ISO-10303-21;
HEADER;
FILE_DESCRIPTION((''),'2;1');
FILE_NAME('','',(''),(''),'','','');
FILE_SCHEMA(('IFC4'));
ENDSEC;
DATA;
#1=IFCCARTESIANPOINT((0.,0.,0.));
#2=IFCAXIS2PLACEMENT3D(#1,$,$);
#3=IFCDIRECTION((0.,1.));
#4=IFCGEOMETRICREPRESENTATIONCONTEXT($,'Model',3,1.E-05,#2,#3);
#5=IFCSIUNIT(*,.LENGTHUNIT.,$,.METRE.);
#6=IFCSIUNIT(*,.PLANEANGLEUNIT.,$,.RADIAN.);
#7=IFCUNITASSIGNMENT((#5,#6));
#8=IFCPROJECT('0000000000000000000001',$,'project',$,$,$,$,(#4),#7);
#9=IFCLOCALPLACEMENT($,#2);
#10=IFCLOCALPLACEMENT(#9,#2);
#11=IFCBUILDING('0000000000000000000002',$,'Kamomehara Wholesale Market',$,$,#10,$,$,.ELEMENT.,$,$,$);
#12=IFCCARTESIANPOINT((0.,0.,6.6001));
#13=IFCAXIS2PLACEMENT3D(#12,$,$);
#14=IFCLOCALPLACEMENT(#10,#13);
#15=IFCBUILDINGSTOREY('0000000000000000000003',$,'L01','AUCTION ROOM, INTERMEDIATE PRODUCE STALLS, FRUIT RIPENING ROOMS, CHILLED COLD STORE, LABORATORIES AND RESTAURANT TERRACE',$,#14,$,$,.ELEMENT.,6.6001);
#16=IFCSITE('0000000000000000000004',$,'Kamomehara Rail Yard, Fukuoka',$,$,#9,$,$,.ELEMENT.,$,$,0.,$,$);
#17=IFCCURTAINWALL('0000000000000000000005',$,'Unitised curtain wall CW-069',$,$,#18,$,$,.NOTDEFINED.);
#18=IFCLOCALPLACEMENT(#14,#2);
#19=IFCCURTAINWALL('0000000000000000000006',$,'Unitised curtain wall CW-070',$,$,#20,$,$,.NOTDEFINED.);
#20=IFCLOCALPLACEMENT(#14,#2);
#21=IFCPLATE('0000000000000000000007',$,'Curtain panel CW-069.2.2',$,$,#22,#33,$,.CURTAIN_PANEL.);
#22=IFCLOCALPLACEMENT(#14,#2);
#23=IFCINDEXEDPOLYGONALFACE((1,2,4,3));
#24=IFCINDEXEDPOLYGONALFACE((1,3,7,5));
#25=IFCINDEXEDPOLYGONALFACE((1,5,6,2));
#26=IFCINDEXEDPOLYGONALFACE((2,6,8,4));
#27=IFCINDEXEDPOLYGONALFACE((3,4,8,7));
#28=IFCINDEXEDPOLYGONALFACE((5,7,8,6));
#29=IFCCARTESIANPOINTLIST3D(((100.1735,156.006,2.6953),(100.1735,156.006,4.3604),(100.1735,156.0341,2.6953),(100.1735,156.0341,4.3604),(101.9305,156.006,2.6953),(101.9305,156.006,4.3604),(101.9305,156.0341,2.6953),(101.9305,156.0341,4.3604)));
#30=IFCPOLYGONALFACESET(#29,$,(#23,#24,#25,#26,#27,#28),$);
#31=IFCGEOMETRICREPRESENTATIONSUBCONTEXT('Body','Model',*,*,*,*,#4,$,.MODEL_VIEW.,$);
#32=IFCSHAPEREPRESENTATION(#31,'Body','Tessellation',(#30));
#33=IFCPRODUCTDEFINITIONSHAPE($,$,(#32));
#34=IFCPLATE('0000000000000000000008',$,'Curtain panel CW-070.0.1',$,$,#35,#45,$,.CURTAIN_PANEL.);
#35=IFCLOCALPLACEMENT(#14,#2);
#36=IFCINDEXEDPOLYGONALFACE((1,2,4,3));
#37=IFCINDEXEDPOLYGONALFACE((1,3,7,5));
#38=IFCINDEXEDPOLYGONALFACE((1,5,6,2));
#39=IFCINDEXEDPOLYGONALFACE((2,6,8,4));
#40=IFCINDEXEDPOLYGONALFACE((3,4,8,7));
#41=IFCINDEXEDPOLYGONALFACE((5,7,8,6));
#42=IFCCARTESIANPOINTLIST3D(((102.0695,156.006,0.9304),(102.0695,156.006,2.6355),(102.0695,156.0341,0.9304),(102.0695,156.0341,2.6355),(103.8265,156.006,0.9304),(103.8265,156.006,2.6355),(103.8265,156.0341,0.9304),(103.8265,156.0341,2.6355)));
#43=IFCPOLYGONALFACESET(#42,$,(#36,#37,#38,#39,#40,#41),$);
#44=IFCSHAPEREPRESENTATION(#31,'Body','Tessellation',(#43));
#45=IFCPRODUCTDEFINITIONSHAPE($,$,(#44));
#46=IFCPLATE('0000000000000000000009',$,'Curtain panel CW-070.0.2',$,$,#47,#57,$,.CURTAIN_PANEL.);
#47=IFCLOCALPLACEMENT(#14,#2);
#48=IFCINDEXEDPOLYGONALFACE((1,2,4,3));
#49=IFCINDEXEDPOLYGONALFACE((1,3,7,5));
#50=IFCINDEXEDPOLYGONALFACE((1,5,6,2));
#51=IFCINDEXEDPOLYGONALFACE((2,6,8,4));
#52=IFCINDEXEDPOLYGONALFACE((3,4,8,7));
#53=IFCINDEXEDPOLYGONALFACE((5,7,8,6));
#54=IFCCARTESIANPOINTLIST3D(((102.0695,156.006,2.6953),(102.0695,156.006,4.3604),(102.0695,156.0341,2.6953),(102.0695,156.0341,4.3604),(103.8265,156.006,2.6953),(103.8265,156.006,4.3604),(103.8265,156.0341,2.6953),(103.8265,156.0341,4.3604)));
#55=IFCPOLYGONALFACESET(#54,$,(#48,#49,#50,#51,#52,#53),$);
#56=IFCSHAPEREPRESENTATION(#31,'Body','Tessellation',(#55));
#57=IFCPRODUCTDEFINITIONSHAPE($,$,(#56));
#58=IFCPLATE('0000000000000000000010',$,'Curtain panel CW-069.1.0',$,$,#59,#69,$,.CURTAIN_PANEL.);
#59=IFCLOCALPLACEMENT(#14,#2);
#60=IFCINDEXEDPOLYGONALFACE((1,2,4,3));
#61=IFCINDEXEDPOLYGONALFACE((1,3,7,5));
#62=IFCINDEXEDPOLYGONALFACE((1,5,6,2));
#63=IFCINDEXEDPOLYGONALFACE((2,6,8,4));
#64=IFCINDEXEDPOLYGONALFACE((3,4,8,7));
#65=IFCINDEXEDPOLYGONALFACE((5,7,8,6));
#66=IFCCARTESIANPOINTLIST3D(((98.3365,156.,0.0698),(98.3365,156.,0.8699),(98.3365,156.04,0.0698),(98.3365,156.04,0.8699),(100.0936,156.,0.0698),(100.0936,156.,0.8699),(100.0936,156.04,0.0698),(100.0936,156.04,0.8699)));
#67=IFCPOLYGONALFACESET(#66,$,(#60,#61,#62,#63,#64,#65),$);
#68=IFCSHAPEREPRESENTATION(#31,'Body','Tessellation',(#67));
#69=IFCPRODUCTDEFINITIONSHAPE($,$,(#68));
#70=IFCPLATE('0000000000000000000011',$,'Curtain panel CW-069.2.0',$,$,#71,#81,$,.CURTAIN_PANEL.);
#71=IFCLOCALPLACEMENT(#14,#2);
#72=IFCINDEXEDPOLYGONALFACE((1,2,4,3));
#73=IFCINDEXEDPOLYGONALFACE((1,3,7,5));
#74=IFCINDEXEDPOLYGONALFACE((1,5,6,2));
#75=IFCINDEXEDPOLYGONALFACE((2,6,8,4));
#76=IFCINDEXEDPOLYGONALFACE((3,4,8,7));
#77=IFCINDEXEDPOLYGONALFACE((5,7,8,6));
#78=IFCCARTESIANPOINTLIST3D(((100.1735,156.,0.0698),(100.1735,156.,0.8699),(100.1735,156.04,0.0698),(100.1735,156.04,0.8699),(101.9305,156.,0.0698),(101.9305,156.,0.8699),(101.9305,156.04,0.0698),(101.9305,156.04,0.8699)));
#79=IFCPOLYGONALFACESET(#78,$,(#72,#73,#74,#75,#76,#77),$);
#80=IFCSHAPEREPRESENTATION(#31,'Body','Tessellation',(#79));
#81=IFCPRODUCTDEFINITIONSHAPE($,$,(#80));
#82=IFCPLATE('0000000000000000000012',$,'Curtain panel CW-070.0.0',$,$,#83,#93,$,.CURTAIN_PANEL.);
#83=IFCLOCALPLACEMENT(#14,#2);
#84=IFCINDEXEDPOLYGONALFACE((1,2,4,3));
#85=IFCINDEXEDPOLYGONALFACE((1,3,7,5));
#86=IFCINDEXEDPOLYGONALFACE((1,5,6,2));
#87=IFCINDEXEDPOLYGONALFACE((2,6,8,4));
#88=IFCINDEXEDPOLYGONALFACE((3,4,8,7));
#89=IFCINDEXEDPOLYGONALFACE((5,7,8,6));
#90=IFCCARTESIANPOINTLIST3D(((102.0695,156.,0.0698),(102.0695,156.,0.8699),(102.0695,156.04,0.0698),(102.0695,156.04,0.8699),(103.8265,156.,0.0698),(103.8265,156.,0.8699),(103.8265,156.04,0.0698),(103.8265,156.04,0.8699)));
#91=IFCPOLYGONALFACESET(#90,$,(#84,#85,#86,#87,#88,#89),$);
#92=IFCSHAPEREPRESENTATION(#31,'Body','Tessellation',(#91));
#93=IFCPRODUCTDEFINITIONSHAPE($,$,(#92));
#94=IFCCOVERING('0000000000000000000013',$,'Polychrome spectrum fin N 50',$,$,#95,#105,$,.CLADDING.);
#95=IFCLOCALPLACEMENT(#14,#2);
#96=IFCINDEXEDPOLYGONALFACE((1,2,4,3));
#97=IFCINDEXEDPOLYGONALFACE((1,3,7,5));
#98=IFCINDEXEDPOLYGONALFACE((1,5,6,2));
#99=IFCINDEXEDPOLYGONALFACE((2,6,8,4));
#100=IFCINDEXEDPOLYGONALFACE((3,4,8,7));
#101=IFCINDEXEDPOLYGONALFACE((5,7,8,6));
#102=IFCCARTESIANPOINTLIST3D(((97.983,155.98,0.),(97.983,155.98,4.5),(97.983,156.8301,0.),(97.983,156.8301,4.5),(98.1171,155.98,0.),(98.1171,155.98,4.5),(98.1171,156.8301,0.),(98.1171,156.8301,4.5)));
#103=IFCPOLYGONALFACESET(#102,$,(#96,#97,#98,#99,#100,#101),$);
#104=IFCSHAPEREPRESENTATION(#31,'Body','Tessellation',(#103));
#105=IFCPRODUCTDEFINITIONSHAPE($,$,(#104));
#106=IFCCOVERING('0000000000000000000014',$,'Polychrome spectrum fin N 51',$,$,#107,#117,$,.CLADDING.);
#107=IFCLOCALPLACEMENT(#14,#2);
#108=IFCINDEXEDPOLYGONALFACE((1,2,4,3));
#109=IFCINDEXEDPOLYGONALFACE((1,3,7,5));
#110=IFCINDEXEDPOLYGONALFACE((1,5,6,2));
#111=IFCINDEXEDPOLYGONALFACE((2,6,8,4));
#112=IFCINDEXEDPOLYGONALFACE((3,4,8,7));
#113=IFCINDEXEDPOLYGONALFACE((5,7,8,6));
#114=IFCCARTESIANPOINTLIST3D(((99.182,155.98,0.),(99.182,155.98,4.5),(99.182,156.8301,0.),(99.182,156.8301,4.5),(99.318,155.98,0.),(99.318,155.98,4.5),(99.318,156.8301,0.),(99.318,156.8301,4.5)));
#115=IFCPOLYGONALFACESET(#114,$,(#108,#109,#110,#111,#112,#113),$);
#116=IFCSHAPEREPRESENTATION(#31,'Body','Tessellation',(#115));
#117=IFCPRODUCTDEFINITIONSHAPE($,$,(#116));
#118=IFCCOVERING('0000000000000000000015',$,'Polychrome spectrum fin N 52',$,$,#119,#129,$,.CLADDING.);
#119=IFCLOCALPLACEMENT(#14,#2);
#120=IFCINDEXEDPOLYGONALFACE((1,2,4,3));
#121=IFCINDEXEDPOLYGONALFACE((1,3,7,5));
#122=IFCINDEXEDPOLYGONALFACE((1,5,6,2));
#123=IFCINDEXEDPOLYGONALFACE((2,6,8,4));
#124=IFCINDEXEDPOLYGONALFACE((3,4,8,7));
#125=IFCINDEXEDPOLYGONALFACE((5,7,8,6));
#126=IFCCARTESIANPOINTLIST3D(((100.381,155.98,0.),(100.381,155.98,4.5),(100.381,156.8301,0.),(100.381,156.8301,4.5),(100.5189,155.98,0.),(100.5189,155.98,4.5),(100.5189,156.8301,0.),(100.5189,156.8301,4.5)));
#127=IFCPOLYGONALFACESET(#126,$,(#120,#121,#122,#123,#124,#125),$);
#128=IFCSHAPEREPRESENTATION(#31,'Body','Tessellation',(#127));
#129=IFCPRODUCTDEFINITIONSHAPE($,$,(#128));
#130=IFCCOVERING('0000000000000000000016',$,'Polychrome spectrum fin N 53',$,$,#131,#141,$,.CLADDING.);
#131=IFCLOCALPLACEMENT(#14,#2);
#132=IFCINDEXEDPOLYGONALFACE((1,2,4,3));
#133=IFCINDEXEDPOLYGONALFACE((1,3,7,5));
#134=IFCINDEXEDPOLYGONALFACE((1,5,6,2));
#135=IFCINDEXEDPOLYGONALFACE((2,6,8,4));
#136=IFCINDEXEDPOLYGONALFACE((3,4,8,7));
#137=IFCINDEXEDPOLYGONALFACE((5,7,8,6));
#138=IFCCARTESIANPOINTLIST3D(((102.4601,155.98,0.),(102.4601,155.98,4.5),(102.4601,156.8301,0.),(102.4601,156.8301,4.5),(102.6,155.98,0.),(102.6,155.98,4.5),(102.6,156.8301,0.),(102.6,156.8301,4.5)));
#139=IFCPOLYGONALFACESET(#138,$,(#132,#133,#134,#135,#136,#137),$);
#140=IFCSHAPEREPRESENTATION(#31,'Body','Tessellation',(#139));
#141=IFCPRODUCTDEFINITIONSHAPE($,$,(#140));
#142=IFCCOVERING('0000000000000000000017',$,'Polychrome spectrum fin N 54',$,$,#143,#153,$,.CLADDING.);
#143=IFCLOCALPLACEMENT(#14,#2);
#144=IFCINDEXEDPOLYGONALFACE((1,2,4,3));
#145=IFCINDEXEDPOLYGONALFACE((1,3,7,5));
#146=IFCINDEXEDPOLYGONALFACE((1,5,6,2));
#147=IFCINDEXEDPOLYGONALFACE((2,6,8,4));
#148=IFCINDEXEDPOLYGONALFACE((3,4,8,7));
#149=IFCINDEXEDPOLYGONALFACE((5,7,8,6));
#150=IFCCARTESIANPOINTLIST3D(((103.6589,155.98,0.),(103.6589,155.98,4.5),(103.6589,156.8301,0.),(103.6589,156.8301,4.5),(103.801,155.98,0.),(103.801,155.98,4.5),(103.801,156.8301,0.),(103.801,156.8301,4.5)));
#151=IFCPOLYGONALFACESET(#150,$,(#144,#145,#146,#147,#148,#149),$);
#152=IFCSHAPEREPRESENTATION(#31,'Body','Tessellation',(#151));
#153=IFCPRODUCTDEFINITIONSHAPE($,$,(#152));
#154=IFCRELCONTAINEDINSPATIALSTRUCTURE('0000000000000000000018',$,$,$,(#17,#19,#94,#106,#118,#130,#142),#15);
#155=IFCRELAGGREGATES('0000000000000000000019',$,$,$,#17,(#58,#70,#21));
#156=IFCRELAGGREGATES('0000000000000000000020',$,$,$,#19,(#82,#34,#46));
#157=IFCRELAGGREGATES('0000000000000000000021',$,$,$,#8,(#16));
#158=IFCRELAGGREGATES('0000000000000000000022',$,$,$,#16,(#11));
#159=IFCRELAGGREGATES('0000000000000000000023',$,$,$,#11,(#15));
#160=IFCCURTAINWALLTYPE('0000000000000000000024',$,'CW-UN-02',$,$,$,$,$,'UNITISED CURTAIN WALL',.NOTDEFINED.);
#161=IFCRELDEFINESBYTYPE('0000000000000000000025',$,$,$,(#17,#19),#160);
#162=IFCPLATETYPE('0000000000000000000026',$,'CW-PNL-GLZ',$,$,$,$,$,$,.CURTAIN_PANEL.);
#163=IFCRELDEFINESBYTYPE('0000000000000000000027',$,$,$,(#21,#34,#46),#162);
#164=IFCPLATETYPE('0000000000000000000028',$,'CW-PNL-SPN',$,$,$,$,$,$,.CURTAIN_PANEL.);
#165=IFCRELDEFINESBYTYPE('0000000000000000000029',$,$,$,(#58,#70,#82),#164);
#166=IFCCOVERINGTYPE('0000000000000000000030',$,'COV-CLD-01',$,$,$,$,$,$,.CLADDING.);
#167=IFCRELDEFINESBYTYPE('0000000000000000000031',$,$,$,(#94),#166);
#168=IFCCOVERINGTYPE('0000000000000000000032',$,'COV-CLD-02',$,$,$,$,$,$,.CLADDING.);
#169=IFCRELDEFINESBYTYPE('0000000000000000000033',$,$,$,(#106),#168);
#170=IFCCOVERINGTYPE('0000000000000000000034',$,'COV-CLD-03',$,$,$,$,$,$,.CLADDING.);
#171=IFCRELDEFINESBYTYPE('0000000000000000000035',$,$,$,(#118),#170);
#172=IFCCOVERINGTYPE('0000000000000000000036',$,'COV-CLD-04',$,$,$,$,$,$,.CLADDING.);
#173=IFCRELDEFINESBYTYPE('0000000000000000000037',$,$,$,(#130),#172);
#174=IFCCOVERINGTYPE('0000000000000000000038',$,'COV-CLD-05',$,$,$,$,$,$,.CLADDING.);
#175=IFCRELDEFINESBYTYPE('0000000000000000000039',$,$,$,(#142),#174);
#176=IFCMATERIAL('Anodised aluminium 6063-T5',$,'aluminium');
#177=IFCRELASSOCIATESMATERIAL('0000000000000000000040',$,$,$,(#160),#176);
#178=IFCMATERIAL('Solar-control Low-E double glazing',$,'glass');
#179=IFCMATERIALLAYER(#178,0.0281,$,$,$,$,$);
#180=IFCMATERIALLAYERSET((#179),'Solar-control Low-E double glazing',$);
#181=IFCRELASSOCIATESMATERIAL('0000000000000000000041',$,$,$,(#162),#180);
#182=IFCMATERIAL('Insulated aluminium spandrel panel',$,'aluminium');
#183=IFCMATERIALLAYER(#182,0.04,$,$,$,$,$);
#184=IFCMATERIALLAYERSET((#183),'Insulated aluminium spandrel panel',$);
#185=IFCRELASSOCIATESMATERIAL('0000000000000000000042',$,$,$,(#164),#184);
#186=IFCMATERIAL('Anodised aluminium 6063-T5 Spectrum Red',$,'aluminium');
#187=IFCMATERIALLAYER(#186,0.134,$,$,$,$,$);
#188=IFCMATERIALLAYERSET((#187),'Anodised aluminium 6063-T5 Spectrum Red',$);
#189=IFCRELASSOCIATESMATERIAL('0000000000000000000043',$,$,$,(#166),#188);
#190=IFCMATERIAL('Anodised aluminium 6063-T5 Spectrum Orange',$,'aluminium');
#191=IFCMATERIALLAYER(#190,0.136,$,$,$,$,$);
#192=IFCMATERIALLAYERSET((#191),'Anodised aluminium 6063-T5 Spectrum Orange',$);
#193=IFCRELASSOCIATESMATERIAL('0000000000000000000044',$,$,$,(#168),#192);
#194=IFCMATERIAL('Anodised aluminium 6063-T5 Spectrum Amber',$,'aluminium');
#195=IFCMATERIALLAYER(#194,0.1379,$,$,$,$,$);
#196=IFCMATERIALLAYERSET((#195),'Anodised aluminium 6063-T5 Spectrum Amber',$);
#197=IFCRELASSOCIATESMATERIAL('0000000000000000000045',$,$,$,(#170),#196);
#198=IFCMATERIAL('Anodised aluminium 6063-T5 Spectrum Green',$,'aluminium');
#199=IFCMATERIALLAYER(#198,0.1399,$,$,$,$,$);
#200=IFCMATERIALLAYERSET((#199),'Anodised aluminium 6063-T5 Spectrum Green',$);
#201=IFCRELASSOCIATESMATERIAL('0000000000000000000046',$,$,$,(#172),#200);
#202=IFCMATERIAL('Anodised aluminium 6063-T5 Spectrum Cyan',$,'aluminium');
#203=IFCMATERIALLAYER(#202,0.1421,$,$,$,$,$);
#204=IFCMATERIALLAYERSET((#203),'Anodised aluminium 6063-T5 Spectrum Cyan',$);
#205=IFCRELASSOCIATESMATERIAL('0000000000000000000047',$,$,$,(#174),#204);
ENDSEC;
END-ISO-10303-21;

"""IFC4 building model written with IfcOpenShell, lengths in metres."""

from ifc_helpers import new_model, si_unit, direction, frame, origin, origin_2d, place, context, subcontext, project, spatial, rectangle, extrude, material, layer, layer_set, type_object, element, aggregate, save


model = new_model("IFC4")

# Units and contexts
model_context = context("Model", 3, precision=1e-05, world=origin(), true_north=direction((0.0, 1.0)))
body_context = subcontext(model_context, "Body", "Model", "MODEL_VIEW")
ifc_project = project(units=[si_unit("LENGTHUNIT", "METRE"), si_unit("PLANEANGLEUNIT", "RADIAN")], contexts=[model_context])

# Site, building, storey
site_placement = place(None, origin())
site = spatial("IfcSite", under=ifc_project, at=site_placement, Name="Kamomehara Rail Yard, Fukuoka", CompositionType="ELEMENT", RefElevation=0.0)
building_placement = place(site_placement, origin())
building = spatial("IfcBuilding", under=site, at=building_placement, Name="Kamomehara Wholesale Market", CompositionType="ELEMENT")
storey_placement = place(building_placement, frame((0.0, 0.0, 6.6001)))
storey = spatial("IfcBuildingStorey", under=building, at=storey_placement, Name="L01", Description="AUCTION ROOM, INTERMEDIATE PRODUCE STALLS, FRUIT RIPENING ROOMS, CHILLED COLD STORE, LABORATORIES AND RESTAURANT TERRACE", CompositionType="ELEMENT", Elevation=6.6001)

# Curtain walls
ifc_material_1 = material(Name="Anodised aluminium 6063-T5", Category="aluminium")
curtain_wall_type = type_object("IfcCurtainWallType", Name="CW-UN-02", ElementType="UNITISED CURTAIN WALL", PredefinedType="NOTDEFINED", material=ifc_material_1)
curtain_wall_1_placement = place(storey_placement, origin())
curtain_wall_1 = element("IfcCurtainWall", 1, at=curtain_wall_1_placement, inside=storey, type_object=curtain_wall_type, Name="Unitised curtain wall CW-069", PredefinedType="NOTDEFINED")
curtain_wall_2_placement = place(storey_placement, origin())
curtain_wall_2 = element("IfcCurtainWall", 2, at=curtain_wall_2_placement, inside=storey, type_object=curtain_wall_type, Name="Unitised curtain wall CW-070", PredefinedType="NOTDEFINED")

# Plates
ifc_material_2 = material(Name="Solar-control Low-E double glazing", Category="glass")
ifc_layer_1 = layer(ifc_material_2, 0.0281)
ifc_layer_set_1 = layer_set([ifc_layer_1], Name="Solar-control Low-E double glazing")
plate_type_1 = type_object("IfcPlateType", Name="CW-PNL-GLZ", PredefinedType="CURTAIN_PANEL", material=ifc_layer_set_1)
plate_1_placement = place(storey_placement, frame((101.052, 156.02, 2.6953), z_axis=(0.0, 0.0, 1.0), x_axis=(1.0, 0.0, 0.0)))
plate_1 = element("IfcPlate", 3, at=plate_1_placement, type_object=plate_type_1, Name="Curtain panel CW-069.2.2", PredefinedType="CURTAIN_PANEL", context=body_context, shape_type="SweptSolid", body=[
    extrude(rectangle(XDim=1.7571, YDim=0.0281, at=origin_2d()), origin(), (0.0, 0.0, 1.0), 1.665),
])
plate_2_placement = place(storey_placement, frame((102.948, 156.02, 0.9304), z_axis=(0.0, 0.0, 1.0), x_axis=(1.0, 0.0, 0.0)))
plate_2 = element("IfcPlate", 4, at=plate_2_placement, type_object=plate_type_1, Name="Curtain panel CW-070.0.1", PredefinedType="CURTAIN_PANEL", context=body_context, shape_type="SweptSolid", body=[
    extrude(rectangle(XDim=1.7571, YDim=0.0281, at=origin_2d()), origin(), (0.0, 0.0, 1.0), 1.7051),
])
plate_3_placement = place(storey_placement, frame((102.948, 156.02, 2.6953), z_axis=(0.0, 0.0, 1.0), x_axis=(1.0, 0.0, 0.0)))
plate_3 = element("IfcPlate", 5, at=plate_3_placement, type_object=plate_type_1, Name="Curtain panel CW-070.0.2", PredefinedType="CURTAIN_PANEL", context=body_context, shape_type="SweptSolid", body=[
    extrude(rectangle(XDim=1.7571, YDim=0.0281, at=origin_2d()), origin(), (0.0, 0.0, 1.0), 1.665),
])
ifc_material_3 = material(Name="Insulated aluminium spandrel panel", Category="aluminium")
ifc_layer_2 = layer(ifc_material_3, 0.04)
ifc_layer_set_2 = layer_set([ifc_layer_2], Name="Insulated aluminium spandrel panel")
plate_type_2 = type_object("IfcPlateType", Name="CW-PNL-SPN", PredefinedType="CURTAIN_PANEL", material=ifc_layer_set_2)
plate_4_placement = place(storey_placement, frame((99.2151, 156.02, 0.0698), z_axis=(0.0, 0.0, 1.0), x_axis=(1.0, 0.0, 0.0)))
plate_4 = element("IfcPlate", 6, at=plate_4_placement, type_object=plate_type_2, Name="Curtain panel CW-069.1.0", PredefinedType="CURTAIN_PANEL", context=body_context, shape_type="SweptSolid", body=[
    extrude(rectangle(XDim=1.7571, YDim=0.04, at=origin_2d()), origin(), (0.0, 0.0, 1.0), 0.8),
])
plate_5_placement = place(storey_placement, frame((101.052, 156.02, 0.0698), z_axis=(0.0, 0.0, 1.0), x_axis=(1.0, 0.0, 0.0)))
plate_5 = element("IfcPlate", 7, at=plate_5_placement, type_object=plate_type_2, Name="Curtain panel CW-069.2.0", PredefinedType="CURTAIN_PANEL", context=body_context, shape_type="SweptSolid", body=[
    extrude(rectangle(XDim=1.7571, YDim=0.04, at=origin_2d()), origin(), (0.0, 0.0, 1.0), 0.8),
])
aggregate(curtain_wall_1, [plate_4, plate_5, plate_1])
plate_6_placement = place(storey_placement, frame((102.948, 156.02, 0.0698), z_axis=(0.0, 0.0, 1.0), x_axis=(1.0, 0.0, 0.0)))
plate_6 = element("IfcPlate", 8, at=plate_6_placement, type_object=plate_type_2, Name="Curtain panel CW-070.0.0", PredefinedType="CURTAIN_PANEL", context=body_context, shape_type="SweptSolid", body=[
    extrude(rectangle(XDim=1.7571, YDim=0.04, at=origin_2d()), origin(), (0.0, 0.0, 1.0), 0.8),
])
aggregate(curtain_wall_2, [plate_6, plate_2, plate_3])

# Coverings
ifc_material_4 = material(Name="Anodised aluminium 6063-T5 Spectrum Red", Category="aluminium")
ifc_layer_3 = layer(ifc_material_4, 0.134)
ifc_layer_set_3 = layer_set([ifc_layer_3], Name="Anodised aluminium 6063-T5 Spectrum Red")
covering_type_1 = type_object("IfcCoveringType", Name="COV-CLD-01", PredefinedType="CLADDING", material=ifc_layer_set_3)
covering_1_placement = place(storey_placement, frame((98.05, 156.405, 0.0), z_axis=(0.0, 0.0, 1.0), x_axis=(1.0, 0.0, 0.0)))
element("IfcCovering", 9, at=covering_1_placement, inside=storey, type_object=covering_type_1, Name="Polychrome spectrum fin N 50", PredefinedType="CLADDING", context=body_context, shape_type="SweptSolid", body=[
    extrude(rectangle(XDim=0.134, YDim=0.8501, at=origin_2d()), origin(), (0.0, 0.0, 1.0), 4.5),
])
ifc_material_5 = material(Name="Anodised aluminium 6063-T5 Spectrum Orange", Category="aluminium")
ifc_layer_4 = layer(ifc_material_5, 0.136)
ifc_layer_set_4 = layer_set([ifc_layer_4], Name="Anodised aluminium 6063-T5 Spectrum Orange")
covering_type_2 = type_object("IfcCoveringType", Name="COV-CLD-02", PredefinedType="CLADDING", material=ifc_layer_set_4)
covering_2_placement = place(storey_placement, frame((99.25, 156.405, 0.0), z_axis=(0.0, 0.0, 1.0), x_axis=(1.0, 0.0, 0.0)))
element("IfcCovering", 10, at=covering_2_placement, inside=storey, type_object=covering_type_2, Name="Polychrome spectrum fin N 51", PredefinedType="CLADDING", context=body_context, shape_type="SweptSolid", body=[
    extrude(rectangle(XDim=0.136, YDim=0.8501, at=origin_2d()), origin(), (0.0, 0.0, 1.0), 4.5),
])
ifc_material_6 = material(Name="Anodised aluminium 6063-T5 Spectrum Amber", Category="aluminium")
ifc_layer_5 = layer(ifc_material_6, 0.1379)
ifc_layer_set_5 = layer_set([ifc_layer_5], Name="Anodised aluminium 6063-T5 Spectrum Amber")
covering_type_3 = type_object("IfcCoveringType", Name="COV-CLD-03", PredefinedType="CLADDING", material=ifc_layer_set_5)
covering_3_placement = place(storey_placement, frame((100.45, 156.405, 0.0), z_axis=(0.0, 0.0, 1.0), x_axis=(1.0, 0.0, 0.0)))
element("IfcCovering", 11, at=covering_3_placement, inside=storey, type_object=covering_type_3, Name="Polychrome spectrum fin N 52", PredefinedType="CLADDING", context=body_context, shape_type="SweptSolid", body=[
    extrude(rectangle(XDim=0.1379, YDim=0.8501, at=origin_2d()), origin(), (0.0, 0.0, 1.0), 4.5),
])
ifc_material_7 = material(Name="Anodised aluminium 6063-T5 Spectrum Green", Category="aluminium")
ifc_layer_6 = layer(ifc_material_7, 0.1399)
ifc_layer_set_6 = layer_set([ifc_layer_6], Name="Anodised aluminium 6063-T5 Spectrum Green")
covering_type_4 = type_object("IfcCoveringType", Name="COV-CLD-04", PredefinedType="CLADDING", material=ifc_layer_set_6)
covering_4_placement = place(storey_placement, frame((102.53, 156.405, 0.0), z_axis=(0.0, 0.0, 1.0), x_axis=(1.0, 0.0, 0.0)))
element("IfcCovering", 12, at=covering_4_placement, inside=storey, type_object=covering_type_4, Name="Polychrome spectrum fin N 53", PredefinedType="CLADDING", context=body_context, shape_type="SweptSolid", body=[
    extrude(rectangle(XDim=0.1399, YDim=0.8501, at=origin_2d()), origin(), (0.0, 0.0, 1.0), 4.5),
])
ifc_material_8 = material(Name="Anodised aluminium 6063-T5 Spectrum Cyan", Category="aluminium")
ifc_layer_7 = layer(ifc_material_8, 0.1421)
ifc_layer_set_7 = layer_set([ifc_layer_7], Name="Anodised aluminium 6063-T5 Spectrum Cyan")
covering_type_5 = type_object("IfcCoveringType", Name="COV-CLD-05", PredefinedType="CLADDING", material=ifc_layer_set_7)
covering_5_placement = place(storey_placement, frame((103.73, 156.405, 0.0), z_axis=(0.0, 0.0, 1.0), x_axis=(1.0, 0.0, 0.0)))
element("IfcCovering", 13, at=covering_5_placement, inside=storey, type_object=covering_type_5, Name="Polychrome spectrum fin N 54", PredefinedType="CLADDING", context=body_context, shape_type="SweptSolid", body=[
    extrude(rectangle(XDim=0.1421, YDim=0.8501, at=origin_2d()), origin(), (0.0, 0.0, 1.0), 4.5),
])

save(model, "model.ifc")
